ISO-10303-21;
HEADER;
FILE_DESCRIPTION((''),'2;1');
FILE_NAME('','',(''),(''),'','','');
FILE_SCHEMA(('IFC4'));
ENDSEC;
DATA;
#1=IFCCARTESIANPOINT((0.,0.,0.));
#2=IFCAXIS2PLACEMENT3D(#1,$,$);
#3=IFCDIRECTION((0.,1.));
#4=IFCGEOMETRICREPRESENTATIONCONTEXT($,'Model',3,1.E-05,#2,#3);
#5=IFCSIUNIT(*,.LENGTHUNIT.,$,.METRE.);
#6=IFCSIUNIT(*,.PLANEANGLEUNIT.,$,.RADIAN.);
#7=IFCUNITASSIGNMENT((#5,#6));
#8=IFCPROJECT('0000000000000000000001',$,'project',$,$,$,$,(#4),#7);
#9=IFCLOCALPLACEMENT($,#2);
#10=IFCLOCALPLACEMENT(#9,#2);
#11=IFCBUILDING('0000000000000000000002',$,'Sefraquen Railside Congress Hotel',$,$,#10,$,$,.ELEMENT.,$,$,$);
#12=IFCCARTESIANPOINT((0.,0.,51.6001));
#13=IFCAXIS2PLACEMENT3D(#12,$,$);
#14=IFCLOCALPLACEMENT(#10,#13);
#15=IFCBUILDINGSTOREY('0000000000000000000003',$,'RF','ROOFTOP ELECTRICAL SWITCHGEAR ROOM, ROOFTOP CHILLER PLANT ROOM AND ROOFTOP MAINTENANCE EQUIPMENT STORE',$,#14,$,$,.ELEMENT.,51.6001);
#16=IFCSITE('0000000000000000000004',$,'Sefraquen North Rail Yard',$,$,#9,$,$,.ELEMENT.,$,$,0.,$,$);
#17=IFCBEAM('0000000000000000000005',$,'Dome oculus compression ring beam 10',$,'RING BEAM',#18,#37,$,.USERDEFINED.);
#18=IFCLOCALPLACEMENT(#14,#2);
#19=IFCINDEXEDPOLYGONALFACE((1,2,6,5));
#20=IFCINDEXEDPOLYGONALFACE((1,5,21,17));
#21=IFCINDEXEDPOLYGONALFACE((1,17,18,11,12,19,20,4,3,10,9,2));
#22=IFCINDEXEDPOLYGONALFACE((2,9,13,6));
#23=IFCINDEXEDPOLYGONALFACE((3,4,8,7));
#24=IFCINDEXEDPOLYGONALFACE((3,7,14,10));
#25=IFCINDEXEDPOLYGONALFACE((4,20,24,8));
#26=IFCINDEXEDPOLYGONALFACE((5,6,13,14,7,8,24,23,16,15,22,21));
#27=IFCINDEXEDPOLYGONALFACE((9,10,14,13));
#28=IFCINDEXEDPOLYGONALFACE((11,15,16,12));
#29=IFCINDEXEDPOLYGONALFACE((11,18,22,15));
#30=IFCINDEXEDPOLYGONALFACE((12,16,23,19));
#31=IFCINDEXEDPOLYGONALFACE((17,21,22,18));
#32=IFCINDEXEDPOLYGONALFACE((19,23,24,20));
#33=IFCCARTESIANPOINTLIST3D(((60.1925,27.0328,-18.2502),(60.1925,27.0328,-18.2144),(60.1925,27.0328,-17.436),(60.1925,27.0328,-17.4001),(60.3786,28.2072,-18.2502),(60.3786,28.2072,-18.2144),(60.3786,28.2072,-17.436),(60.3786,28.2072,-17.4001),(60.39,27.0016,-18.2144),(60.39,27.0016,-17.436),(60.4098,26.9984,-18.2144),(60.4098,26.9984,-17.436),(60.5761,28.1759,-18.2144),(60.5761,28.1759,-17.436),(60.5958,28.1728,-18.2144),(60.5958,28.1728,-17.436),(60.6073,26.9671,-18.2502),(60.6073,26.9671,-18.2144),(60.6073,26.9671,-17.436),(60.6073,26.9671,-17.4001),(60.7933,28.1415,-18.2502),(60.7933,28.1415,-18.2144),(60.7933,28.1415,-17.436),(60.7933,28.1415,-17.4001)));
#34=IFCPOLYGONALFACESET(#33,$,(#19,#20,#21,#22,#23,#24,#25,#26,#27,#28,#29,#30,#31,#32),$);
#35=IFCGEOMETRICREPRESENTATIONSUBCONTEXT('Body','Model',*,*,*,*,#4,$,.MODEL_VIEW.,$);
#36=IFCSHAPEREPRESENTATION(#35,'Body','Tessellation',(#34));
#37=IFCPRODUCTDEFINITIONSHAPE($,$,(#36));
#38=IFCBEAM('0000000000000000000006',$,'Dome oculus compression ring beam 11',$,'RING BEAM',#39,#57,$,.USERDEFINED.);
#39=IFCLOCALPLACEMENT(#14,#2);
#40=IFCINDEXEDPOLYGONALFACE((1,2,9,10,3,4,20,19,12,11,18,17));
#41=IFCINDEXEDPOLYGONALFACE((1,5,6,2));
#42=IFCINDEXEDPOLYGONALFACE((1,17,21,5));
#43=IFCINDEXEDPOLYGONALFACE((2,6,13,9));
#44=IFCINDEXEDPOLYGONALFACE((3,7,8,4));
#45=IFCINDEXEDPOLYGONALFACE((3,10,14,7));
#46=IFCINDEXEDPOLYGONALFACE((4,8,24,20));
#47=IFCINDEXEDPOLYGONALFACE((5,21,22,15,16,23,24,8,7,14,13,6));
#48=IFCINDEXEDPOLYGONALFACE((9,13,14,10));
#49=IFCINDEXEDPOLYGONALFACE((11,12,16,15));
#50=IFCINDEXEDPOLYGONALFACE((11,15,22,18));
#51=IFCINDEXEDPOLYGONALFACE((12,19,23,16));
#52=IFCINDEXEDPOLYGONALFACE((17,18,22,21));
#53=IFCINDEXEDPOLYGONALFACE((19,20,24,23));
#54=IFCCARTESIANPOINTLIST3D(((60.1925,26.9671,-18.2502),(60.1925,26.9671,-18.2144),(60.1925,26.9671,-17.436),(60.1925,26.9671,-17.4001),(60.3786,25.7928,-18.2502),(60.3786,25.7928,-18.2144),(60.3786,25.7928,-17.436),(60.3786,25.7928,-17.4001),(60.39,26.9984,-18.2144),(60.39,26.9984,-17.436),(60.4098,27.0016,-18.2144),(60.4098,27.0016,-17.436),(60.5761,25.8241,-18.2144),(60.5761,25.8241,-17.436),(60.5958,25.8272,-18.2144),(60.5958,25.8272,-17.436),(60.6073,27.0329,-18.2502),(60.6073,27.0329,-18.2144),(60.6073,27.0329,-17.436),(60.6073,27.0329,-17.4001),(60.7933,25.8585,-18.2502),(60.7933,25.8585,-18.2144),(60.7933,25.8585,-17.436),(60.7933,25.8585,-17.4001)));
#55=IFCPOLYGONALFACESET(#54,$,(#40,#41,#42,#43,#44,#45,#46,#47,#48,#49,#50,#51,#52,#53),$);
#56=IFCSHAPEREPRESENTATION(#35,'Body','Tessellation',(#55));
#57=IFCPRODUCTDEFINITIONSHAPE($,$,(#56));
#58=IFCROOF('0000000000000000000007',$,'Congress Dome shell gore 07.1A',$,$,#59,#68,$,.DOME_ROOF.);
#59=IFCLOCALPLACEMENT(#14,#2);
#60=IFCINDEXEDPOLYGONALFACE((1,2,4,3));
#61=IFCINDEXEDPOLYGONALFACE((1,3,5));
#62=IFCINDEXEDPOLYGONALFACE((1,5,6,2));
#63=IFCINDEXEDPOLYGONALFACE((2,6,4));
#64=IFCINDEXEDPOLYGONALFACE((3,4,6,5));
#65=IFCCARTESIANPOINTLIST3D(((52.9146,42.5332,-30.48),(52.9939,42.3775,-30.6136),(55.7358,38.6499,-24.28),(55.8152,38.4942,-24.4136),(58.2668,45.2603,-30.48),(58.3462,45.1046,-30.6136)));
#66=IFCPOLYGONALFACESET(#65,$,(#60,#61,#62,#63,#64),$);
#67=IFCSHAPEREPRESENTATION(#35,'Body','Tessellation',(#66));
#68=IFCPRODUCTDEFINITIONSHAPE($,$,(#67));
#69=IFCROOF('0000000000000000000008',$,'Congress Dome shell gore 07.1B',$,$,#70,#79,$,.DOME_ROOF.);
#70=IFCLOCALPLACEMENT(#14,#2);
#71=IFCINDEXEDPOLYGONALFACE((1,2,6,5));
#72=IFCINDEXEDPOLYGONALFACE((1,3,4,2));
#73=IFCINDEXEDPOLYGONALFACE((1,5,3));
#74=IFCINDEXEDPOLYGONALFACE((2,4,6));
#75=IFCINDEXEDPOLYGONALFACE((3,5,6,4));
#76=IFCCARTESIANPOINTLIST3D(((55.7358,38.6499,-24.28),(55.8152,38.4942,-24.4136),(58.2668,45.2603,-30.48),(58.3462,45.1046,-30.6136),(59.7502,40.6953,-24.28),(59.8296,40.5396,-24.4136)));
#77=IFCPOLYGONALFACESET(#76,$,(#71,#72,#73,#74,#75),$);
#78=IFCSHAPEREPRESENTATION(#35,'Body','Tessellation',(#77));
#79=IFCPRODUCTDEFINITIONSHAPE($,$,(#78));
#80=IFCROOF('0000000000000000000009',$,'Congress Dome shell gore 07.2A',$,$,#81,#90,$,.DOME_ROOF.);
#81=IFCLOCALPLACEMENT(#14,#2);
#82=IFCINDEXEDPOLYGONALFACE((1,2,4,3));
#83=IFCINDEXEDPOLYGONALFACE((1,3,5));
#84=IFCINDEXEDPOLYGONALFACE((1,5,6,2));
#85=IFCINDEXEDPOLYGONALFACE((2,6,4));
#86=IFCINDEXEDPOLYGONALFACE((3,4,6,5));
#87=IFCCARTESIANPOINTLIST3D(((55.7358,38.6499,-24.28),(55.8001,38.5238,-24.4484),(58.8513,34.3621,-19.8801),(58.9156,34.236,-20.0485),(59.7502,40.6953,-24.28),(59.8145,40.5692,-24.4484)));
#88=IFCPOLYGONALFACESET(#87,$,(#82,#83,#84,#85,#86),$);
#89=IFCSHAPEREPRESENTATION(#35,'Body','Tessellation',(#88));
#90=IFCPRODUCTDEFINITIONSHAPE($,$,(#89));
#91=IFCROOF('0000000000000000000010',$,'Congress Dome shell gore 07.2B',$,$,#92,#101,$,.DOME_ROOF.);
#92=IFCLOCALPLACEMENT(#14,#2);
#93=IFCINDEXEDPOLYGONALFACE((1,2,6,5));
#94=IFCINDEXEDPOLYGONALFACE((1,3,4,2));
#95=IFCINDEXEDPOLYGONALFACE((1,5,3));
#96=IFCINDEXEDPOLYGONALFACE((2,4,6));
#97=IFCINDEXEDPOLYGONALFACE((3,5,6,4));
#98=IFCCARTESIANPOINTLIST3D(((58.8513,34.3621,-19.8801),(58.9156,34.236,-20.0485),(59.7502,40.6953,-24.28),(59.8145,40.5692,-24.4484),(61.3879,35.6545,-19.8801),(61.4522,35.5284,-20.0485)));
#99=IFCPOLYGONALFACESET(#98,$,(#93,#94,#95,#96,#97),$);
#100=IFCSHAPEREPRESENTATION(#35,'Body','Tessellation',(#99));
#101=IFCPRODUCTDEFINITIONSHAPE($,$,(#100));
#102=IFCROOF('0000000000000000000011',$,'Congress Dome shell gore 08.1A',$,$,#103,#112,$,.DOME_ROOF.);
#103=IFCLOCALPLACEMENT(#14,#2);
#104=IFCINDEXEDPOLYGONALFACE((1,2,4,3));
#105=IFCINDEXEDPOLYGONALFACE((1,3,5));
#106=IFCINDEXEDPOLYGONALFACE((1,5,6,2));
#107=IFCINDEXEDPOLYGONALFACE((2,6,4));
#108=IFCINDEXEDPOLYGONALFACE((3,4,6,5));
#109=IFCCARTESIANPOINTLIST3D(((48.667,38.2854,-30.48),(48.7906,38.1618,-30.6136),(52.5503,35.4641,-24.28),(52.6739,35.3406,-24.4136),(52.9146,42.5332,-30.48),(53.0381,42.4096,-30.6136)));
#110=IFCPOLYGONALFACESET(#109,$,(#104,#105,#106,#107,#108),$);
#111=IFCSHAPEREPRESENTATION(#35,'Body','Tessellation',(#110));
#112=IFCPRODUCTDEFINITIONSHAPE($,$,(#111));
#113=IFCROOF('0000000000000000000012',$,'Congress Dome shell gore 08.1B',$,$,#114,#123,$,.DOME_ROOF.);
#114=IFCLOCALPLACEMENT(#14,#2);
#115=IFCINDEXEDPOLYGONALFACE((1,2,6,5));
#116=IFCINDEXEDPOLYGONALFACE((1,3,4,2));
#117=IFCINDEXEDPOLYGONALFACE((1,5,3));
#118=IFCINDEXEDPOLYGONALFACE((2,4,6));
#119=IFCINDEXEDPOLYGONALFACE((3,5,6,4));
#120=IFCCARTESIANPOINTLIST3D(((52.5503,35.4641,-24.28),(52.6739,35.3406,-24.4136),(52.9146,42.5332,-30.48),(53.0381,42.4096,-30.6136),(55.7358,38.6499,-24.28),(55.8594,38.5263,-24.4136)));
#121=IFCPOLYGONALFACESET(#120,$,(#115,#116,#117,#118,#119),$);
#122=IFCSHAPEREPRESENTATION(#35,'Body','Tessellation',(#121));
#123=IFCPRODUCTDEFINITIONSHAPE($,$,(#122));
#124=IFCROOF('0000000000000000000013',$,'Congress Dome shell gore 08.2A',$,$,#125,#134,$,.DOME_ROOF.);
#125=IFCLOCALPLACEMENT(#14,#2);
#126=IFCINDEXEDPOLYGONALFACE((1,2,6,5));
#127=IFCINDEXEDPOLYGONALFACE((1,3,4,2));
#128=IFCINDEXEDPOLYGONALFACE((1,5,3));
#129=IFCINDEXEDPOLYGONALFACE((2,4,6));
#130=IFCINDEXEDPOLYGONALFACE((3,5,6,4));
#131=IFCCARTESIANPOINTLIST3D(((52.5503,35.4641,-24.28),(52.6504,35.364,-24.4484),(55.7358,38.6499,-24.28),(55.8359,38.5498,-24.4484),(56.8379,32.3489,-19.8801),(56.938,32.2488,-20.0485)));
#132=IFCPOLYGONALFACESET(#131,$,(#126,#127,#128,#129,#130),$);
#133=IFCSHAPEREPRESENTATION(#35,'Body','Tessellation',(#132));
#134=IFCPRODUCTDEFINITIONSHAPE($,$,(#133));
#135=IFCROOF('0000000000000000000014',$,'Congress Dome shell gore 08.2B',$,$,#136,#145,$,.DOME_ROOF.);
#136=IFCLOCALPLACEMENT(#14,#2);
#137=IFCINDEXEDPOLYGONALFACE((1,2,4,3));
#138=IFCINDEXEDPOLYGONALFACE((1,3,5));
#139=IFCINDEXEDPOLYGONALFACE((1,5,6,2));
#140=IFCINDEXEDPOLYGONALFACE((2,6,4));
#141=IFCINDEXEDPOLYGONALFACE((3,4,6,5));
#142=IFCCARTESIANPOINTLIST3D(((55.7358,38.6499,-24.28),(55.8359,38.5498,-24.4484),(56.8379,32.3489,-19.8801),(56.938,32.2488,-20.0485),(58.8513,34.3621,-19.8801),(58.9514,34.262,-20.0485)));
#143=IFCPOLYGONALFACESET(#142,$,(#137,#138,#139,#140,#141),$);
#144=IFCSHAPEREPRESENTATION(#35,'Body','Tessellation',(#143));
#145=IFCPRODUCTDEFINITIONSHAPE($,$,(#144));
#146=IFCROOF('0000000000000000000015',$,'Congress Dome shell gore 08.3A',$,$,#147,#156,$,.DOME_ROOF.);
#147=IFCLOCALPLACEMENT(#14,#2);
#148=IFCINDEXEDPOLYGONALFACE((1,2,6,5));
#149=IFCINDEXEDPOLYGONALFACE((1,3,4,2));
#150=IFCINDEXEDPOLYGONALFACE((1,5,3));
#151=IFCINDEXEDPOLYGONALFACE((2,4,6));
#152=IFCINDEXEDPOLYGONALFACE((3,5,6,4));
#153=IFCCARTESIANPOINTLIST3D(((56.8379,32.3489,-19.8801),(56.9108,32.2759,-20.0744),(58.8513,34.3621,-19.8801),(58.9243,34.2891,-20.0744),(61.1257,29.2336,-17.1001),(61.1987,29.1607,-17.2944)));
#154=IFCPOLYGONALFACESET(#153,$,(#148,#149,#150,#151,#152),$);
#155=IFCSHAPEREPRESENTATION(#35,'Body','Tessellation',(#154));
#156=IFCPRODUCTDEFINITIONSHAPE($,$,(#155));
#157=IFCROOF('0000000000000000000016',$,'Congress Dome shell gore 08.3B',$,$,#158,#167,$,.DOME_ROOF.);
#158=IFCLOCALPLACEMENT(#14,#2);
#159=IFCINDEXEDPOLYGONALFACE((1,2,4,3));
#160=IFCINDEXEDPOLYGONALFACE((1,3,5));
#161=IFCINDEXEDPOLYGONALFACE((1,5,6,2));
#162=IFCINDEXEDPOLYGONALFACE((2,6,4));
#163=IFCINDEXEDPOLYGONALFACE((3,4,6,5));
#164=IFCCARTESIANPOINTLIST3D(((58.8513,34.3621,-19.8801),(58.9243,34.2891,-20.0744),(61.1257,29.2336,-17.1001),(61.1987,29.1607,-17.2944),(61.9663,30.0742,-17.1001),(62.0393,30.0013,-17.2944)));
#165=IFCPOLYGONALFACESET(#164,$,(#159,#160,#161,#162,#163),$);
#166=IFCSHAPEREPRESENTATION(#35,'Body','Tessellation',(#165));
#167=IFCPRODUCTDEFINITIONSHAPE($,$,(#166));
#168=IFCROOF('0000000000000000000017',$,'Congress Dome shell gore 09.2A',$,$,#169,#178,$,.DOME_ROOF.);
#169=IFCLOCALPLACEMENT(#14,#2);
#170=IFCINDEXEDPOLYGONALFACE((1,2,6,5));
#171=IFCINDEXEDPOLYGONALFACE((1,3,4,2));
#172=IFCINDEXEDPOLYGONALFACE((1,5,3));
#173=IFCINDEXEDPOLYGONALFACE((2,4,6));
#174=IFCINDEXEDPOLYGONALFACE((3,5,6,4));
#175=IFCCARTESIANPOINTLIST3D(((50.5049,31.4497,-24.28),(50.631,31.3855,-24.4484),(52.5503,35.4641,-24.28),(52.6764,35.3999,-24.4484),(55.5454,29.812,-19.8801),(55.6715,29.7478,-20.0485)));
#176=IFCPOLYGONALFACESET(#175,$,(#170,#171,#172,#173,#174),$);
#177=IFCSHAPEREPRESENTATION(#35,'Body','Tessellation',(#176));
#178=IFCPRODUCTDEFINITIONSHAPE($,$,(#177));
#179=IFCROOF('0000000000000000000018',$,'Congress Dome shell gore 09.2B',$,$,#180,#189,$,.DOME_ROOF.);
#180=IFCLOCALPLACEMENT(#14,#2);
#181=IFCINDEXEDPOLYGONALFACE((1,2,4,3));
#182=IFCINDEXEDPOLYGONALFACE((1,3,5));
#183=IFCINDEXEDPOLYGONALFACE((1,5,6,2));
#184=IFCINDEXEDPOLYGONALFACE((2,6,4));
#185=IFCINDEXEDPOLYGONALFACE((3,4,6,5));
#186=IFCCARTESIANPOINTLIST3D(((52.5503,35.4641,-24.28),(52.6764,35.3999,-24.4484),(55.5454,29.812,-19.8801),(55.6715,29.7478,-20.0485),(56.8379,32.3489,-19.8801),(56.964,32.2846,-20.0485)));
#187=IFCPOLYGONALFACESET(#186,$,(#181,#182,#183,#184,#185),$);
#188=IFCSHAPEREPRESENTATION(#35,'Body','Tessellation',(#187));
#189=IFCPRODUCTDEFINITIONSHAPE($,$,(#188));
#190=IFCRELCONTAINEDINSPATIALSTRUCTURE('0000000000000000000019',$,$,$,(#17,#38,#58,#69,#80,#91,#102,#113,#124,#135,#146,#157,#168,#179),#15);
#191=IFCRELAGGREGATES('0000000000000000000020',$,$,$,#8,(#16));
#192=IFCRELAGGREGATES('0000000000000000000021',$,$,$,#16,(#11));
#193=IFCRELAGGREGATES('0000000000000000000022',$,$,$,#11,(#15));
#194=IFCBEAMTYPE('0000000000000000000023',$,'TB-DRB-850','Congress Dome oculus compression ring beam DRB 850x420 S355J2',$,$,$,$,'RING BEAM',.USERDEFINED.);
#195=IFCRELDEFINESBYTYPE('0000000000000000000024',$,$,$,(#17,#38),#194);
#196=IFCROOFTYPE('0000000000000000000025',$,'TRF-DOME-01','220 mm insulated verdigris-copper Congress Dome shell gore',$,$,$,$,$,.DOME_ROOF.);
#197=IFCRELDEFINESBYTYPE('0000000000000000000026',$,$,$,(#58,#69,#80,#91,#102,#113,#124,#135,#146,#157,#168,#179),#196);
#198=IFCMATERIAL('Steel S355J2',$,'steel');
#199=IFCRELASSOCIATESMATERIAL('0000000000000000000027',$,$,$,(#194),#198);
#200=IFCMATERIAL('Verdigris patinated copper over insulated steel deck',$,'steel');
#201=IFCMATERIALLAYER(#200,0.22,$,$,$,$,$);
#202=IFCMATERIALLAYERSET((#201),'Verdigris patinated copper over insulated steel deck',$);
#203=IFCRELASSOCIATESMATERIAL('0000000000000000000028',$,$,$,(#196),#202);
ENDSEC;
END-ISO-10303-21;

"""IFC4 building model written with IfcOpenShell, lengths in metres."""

from ifc_helpers import new_model, si_unit, direction, frame, origin, origin_2d, place, context, subcontext, project, spatial, polyline, i_section, outline, extrude, material, layer, layer_set, material_profile, profile_set, type_object, element, save


model = new_model("IFC4")

# Units and contexts
model_context = context("Model", 3, precision=1e-05, world=origin(), true_north=direction((0.0, 1.0)))
body_context = subcontext(model_context, "Body", "Model", "MODEL_VIEW")
ifc_project = project(units=[si_unit("LENGTHUNIT", "METRE"), si_unit("PLANEANGLEUNIT", "RADIAN")], contexts=[model_context])

# Site, building, storey
site_placement = place(None, origin())
site = spatial("IfcSite", under=ifc_project, at=site_placement, Name="Sefraquen North Rail Yard", CompositionType="ELEMENT", RefElevation=0.0)
building_placement = place(site_placement, origin())
building = spatial("IfcBuilding", under=site, at=building_placement, Name="Sefraquen Railside Congress Hotel", CompositionType="ELEMENT")
storey_placement = place(building_placement, frame((0.0, 0.0, 51.6001)))
storey = spatial("IfcBuildingStorey", under=building, at=storey_placement, Name="RF", Description="ROOFTOP ELECTRICAL SWITCHGEAR ROOM, ROOFTOP CHILLER PLANT ROOM AND ROOFTOP MAINTENANCE EQUIPMENT STORE", CompositionType="ELEMENT", Elevation=51.6001)

# Beams
ifc_material_1 = material(Name="Steel S355J2", Category="steel")
ifc_material_profile = material_profile(ifc_material_1, i_section(OverallWidth=0.4199, OverallDepth=0.8501, WebThickness=0.02, FlangeThickness=0.0359, at=origin_2d()), Name="DRB 850x420")
ifc_profile_set = profile_set([ifc_material_profile], Name="Steel S355J2")
beam_type = type_object("IfcBeamType", Name="TB-DRB-850", Description="Congress Dome oculus compression ring beam DRB 850x420 S355J2", ElementType="RING BEAM", PredefinedType="USERDEFINED", material=ifc_profile_set)
for number, where, z_axis, x_axis, name in (
    (1, (60.5859, 28.1743, -17.8252), (-0.156469, -0.987683, 0.0), (0.987683, -0.156469, 0.0), "Dome oculus compression ring beam 10"),
    (2, (60.3999, 27.0, -17.8252), (0.156469, -0.987683, 0.0), (0.987683, 0.156469, 0.0), "Dome oculus compression ring beam 11"),
):
    element("IfcBeam", number, at=place(storey_placement, frame(where, z_axis=z_axis, x_axis=x_axis)), inside=storey, type_object=beam_type, Name=name, ObjectType="RING BEAM", PredefinedType="USERDEFINED", context=body_context, shape_type="SweptSolid", body=[
        extrude(i_section(OverallWidth=0.4199, OverallDepth=0.8501, WebThickness=0.02, FlangeThickness=0.0359, at=origin_2d()), origin(), (0.0, 0.0, 1.0), 1.189),
    ])

# Roofs
ifc_material_2 = material(Name="Verdigris patinated copper over insulated steel deck", Category="steel")
ifc_layer = layer(ifc_material_2, 0.22)
ifc_layer_set = layer_set([ifc_layer], Name="Verdigris patinated copper over insulated steel deck")
roof_type = type_object("IfcRoofType", Name="TRF-DOME-01", Description="220 mm insulated verdigris-copper Congress Dome shell gore", PredefinedType="DOME_ROOF", material=ifc_layer_set)
roof_1_placement = place(storey_placement, frame((58.2668, 45.2603, -30.48), z_axis=(-0.36063, 0.707797, 0.607429), x_axis=(-0.891012, -0.45398, 0.0)))
element("IfcRoof", 3, at=roof_1_placement, inside=storey, type_object=roof_type, Name="Congress Dome shell gore 07.1A", PredefinedType="DOME_ROOF", context=body_context, shape_type="SweptSolid", body=[
    extrude(outline(polyline([(0.0, 0.0), (6.007, 0.0), (5.2561, 7.8048), (0.0, 0.0)])), origin(), (0.0, 0.0, -1.0), 0.22),
])
roof_2_placement = place(storey_placement, frame((58.2668, 45.2603, -30.48), z_axis=(-0.360635, 0.707796, 0.607426), x_axis=(-0.268979, -0.702505, 0.658891)))
element("IfcRoof", 4, at=roof_2_placement, inside=storey, type_object=roof_type, Name="Congress Dome shell gore 07.1B", PredefinedType="DOME_ROOF", context=body_context, shape_type="SweptSolid", body=[
    extrude(outline(polyline([(0.0, 0.0), (9.4097, 0.0), (6.893, 3.737), (0.0, 0.0)])), origin(), (0.0, 0.0, -1.0), 0.22),
])
roof_3_placement = place(storey_placement, frame((59.7502, 40.6953, -24.28), z_axis=(-0.292101, 0.573288, 0.765518), x_axis=(-0.891009, -0.453985, 0.0)))
element("IfcRoof", 5, at=roof_3_placement, inside=storey, type_object=roof_type, Name="Congress Dome shell gore 07.2A", PredefinedType="DOME_ROOF", context=body_context, shape_type="SweptSolid", body=[
    extrude(outline(polyline([(0.0, 0.0), (4.5055, 0.0), (3.6762, 6.8384), (0.0, 0.0)])), origin(), (0.0, 0.0, -1.0), 0.22),
])
roof_4_placement = place(storey_placement, frame((59.7502, 40.6953, -24.28), z_axis=(-0.292107, 0.573288, 0.765516), x_axis=(-0.115784, -0.815737, 0.566717)))
element("IfcRoof", 6, at=roof_4_placement, inside=storey, type_object=roof_type, Name="Congress Dome shell gore 07.2B", PredefinedType="DOME_ROOF", context=body_context, shape_type="SweptSolid", body=[
    extrude(outline(polyline([(0.0, 0.0), (7.7638, 0.0), (6.4158, 2.5075), (0.0, 0.0)])), origin(), (0.0, 0.0, -1.0), 0.22),
])
roof_5_placement = place(storey_placement, frame((52.9146, 42.5332, -30.48), z_axis=(-0.561723, 0.561691, 0.607429), x_axis=(-0.707086, -0.707127, 0.0)))
element("IfcRoof", 7, at=roof_5_placement, inside=storey, type_object=roof_type, Name="Congress Dome shell gore 08.1A", PredefinedType="DOME_ROOF", context=body_context, shape_type="SweptSolid", body=[
    extrude(outline(polyline([(0.0, 0.0), (6.0071, 0.0), (5.2563, 7.8048), (0.0, 0.0)])), origin(), (0.0, 0.0, -1.0), 0.22),
])
roof_6_placement = place(storey_placement, frame((52.9146, 42.5332, -30.48), z_axis=(-0.561731, 0.561688, 0.607425), x_axis=(-0.038711, -0.751249, 0.658883)))
element("IfcRoof", 8, at=roof_6_placement, inside=storey, type_object=roof_type, Name="Congress Dome shell gore 08.1B", PredefinedType="DOME_ROOF", context=body_context, shape_type="SweptSolid", body=[
    extrude(outline(polyline([(0.0, 0.0), (9.4098, 0.0), (6.8932, 3.7368), (0.0, 0.0)])), origin(), (0.0, 0.0, -1.0), 0.22),
])
roof_7_placement = place(storey_placement, frame((55.7358, 38.6499, -24.28), z_axis=(-0.454994, 0.454959, 0.765502), x_axis=(-0.70708, -0.707134, 0.0)))
element("IfcRoof", 9, at=roof_7_placement, inside=storey, type_object=roof_type, Name="Congress Dome shell gore 08.2A", PredefinedType="DOME_ROOF", context=body_context, shape_type="SweptSolid", body=[
    extrude(outline(polyline([(0.0, 0.0), (4.5052, 0.0), (3.6764, 6.8382), (0.0, 0.0)])), origin(), (0.0, 0.0, -1.0), 0.22),
])
roof_8_placement = place(storey_placement, frame((55.7358, 38.6499, -24.28), z_axis=(-0.45493, 0.454985, 0.765524), x_axis=(0.141947, -0.81159, 0.56672)))
element("IfcRoof", 10, at=roof_8_placement, inside=storey, type_object=roof_type, Name="Congress Dome shell gore 08.2B", PredefinedType="DOME_ROOF", context=body_context, shape_type="SweptSolid", body=[
    extrude(outline(polyline([(0.0, 0.0), (7.7638, 0.0), (6.4157, 2.5079), (0.0, 0.0)])), origin(), (0.0, 0.0, -1.0), 0.22),
])
roof_9_placement = place(storey_placement, frame((58.8513, 34.3621, -19.8801), z_axis=(-0.331638, 0.331678, 0.88318), x_axis=(-0.70715, -0.707064, 0.0)))
element("IfcRoof", 11, at=roof_9_placement, inside=storey, type_object=roof_type, Name="Congress Dome shell gore 08.3A", PredefinedType="DOME_ROOF", context=body_context, shape_type="SweptSolid", body=[
    extrude(outline(polyline([(0.0, 0.0), (2.8472, 0.0), (2.0178, 5.9271), (0.0, 0.0)])), origin(), (0.0, 0.0, -1.0), 0.22),
])
roof_10_placement = place(storey_placement, frame((58.8513, 34.3621, -19.8801), z_axis=(-0.331664, 0.331664, 0.883175), x_axis=(0.363257, -0.819084, 0.444011)))
element("IfcRoof", 12, at=roof_10_placement, inside=storey, type_object=roof_type, Name="Congress Dome shell gore 08.3B", PredefinedType="DOME_ROOF", context=body_context, shape_type="SweptSolid", body=[
    extrude(outline(polyline([(0.0, 0.0), (6.2612, 0.0), (5.878, 1.1253), (0.0, 0.0)])), origin(), (0.0, 0.0, -1.0), 0.22),
])
roof_11_placement = place(storey_placement, frame((52.5503, 35.4641, -24.28), z_axis=(-0.573304, 0.292109, 0.765503), x_axis=(-0.453985, -0.891009, 0.0)))
element("IfcRoof", 13, at=roof_11_placement, inside=storey, type_object=roof_type, Name="Congress Dome shell gore 09.2A", PredefinedType="DOME_ROOF", context=body_context, shape_type="SweptSolid", body=[
    extrude(outline(polyline([(0.0, 0.0), (4.5055, 0.0), (3.6763, 6.8382), (0.0, 0.0)])), origin(), (0.0, 0.0, -1.0), 0.22),
])
roof_12_placement = place(storey_placement, frame((52.5503, 35.4641, -24.28), z_axis=(-0.57332, 0.292095, 0.765496), x_axis=(0.385781, -0.72801, 0.566723)))
element("IfcRoof", 14, at=roof_12_placement, inside=storey, type_object=roof_type, Name="Congress Dome shell gore 09.2B", PredefinedType="DOME_ROOF", context=body_context, shape_type="SweptSolid", body=[
    extrude(outline(polyline([(0.0, 0.0), (7.7638, 0.0), (6.4155, 2.5077), (0.0, 0.0)])), origin(), (0.0, 0.0, -1.0), 0.22),
])

save(model, "model.ifc")
